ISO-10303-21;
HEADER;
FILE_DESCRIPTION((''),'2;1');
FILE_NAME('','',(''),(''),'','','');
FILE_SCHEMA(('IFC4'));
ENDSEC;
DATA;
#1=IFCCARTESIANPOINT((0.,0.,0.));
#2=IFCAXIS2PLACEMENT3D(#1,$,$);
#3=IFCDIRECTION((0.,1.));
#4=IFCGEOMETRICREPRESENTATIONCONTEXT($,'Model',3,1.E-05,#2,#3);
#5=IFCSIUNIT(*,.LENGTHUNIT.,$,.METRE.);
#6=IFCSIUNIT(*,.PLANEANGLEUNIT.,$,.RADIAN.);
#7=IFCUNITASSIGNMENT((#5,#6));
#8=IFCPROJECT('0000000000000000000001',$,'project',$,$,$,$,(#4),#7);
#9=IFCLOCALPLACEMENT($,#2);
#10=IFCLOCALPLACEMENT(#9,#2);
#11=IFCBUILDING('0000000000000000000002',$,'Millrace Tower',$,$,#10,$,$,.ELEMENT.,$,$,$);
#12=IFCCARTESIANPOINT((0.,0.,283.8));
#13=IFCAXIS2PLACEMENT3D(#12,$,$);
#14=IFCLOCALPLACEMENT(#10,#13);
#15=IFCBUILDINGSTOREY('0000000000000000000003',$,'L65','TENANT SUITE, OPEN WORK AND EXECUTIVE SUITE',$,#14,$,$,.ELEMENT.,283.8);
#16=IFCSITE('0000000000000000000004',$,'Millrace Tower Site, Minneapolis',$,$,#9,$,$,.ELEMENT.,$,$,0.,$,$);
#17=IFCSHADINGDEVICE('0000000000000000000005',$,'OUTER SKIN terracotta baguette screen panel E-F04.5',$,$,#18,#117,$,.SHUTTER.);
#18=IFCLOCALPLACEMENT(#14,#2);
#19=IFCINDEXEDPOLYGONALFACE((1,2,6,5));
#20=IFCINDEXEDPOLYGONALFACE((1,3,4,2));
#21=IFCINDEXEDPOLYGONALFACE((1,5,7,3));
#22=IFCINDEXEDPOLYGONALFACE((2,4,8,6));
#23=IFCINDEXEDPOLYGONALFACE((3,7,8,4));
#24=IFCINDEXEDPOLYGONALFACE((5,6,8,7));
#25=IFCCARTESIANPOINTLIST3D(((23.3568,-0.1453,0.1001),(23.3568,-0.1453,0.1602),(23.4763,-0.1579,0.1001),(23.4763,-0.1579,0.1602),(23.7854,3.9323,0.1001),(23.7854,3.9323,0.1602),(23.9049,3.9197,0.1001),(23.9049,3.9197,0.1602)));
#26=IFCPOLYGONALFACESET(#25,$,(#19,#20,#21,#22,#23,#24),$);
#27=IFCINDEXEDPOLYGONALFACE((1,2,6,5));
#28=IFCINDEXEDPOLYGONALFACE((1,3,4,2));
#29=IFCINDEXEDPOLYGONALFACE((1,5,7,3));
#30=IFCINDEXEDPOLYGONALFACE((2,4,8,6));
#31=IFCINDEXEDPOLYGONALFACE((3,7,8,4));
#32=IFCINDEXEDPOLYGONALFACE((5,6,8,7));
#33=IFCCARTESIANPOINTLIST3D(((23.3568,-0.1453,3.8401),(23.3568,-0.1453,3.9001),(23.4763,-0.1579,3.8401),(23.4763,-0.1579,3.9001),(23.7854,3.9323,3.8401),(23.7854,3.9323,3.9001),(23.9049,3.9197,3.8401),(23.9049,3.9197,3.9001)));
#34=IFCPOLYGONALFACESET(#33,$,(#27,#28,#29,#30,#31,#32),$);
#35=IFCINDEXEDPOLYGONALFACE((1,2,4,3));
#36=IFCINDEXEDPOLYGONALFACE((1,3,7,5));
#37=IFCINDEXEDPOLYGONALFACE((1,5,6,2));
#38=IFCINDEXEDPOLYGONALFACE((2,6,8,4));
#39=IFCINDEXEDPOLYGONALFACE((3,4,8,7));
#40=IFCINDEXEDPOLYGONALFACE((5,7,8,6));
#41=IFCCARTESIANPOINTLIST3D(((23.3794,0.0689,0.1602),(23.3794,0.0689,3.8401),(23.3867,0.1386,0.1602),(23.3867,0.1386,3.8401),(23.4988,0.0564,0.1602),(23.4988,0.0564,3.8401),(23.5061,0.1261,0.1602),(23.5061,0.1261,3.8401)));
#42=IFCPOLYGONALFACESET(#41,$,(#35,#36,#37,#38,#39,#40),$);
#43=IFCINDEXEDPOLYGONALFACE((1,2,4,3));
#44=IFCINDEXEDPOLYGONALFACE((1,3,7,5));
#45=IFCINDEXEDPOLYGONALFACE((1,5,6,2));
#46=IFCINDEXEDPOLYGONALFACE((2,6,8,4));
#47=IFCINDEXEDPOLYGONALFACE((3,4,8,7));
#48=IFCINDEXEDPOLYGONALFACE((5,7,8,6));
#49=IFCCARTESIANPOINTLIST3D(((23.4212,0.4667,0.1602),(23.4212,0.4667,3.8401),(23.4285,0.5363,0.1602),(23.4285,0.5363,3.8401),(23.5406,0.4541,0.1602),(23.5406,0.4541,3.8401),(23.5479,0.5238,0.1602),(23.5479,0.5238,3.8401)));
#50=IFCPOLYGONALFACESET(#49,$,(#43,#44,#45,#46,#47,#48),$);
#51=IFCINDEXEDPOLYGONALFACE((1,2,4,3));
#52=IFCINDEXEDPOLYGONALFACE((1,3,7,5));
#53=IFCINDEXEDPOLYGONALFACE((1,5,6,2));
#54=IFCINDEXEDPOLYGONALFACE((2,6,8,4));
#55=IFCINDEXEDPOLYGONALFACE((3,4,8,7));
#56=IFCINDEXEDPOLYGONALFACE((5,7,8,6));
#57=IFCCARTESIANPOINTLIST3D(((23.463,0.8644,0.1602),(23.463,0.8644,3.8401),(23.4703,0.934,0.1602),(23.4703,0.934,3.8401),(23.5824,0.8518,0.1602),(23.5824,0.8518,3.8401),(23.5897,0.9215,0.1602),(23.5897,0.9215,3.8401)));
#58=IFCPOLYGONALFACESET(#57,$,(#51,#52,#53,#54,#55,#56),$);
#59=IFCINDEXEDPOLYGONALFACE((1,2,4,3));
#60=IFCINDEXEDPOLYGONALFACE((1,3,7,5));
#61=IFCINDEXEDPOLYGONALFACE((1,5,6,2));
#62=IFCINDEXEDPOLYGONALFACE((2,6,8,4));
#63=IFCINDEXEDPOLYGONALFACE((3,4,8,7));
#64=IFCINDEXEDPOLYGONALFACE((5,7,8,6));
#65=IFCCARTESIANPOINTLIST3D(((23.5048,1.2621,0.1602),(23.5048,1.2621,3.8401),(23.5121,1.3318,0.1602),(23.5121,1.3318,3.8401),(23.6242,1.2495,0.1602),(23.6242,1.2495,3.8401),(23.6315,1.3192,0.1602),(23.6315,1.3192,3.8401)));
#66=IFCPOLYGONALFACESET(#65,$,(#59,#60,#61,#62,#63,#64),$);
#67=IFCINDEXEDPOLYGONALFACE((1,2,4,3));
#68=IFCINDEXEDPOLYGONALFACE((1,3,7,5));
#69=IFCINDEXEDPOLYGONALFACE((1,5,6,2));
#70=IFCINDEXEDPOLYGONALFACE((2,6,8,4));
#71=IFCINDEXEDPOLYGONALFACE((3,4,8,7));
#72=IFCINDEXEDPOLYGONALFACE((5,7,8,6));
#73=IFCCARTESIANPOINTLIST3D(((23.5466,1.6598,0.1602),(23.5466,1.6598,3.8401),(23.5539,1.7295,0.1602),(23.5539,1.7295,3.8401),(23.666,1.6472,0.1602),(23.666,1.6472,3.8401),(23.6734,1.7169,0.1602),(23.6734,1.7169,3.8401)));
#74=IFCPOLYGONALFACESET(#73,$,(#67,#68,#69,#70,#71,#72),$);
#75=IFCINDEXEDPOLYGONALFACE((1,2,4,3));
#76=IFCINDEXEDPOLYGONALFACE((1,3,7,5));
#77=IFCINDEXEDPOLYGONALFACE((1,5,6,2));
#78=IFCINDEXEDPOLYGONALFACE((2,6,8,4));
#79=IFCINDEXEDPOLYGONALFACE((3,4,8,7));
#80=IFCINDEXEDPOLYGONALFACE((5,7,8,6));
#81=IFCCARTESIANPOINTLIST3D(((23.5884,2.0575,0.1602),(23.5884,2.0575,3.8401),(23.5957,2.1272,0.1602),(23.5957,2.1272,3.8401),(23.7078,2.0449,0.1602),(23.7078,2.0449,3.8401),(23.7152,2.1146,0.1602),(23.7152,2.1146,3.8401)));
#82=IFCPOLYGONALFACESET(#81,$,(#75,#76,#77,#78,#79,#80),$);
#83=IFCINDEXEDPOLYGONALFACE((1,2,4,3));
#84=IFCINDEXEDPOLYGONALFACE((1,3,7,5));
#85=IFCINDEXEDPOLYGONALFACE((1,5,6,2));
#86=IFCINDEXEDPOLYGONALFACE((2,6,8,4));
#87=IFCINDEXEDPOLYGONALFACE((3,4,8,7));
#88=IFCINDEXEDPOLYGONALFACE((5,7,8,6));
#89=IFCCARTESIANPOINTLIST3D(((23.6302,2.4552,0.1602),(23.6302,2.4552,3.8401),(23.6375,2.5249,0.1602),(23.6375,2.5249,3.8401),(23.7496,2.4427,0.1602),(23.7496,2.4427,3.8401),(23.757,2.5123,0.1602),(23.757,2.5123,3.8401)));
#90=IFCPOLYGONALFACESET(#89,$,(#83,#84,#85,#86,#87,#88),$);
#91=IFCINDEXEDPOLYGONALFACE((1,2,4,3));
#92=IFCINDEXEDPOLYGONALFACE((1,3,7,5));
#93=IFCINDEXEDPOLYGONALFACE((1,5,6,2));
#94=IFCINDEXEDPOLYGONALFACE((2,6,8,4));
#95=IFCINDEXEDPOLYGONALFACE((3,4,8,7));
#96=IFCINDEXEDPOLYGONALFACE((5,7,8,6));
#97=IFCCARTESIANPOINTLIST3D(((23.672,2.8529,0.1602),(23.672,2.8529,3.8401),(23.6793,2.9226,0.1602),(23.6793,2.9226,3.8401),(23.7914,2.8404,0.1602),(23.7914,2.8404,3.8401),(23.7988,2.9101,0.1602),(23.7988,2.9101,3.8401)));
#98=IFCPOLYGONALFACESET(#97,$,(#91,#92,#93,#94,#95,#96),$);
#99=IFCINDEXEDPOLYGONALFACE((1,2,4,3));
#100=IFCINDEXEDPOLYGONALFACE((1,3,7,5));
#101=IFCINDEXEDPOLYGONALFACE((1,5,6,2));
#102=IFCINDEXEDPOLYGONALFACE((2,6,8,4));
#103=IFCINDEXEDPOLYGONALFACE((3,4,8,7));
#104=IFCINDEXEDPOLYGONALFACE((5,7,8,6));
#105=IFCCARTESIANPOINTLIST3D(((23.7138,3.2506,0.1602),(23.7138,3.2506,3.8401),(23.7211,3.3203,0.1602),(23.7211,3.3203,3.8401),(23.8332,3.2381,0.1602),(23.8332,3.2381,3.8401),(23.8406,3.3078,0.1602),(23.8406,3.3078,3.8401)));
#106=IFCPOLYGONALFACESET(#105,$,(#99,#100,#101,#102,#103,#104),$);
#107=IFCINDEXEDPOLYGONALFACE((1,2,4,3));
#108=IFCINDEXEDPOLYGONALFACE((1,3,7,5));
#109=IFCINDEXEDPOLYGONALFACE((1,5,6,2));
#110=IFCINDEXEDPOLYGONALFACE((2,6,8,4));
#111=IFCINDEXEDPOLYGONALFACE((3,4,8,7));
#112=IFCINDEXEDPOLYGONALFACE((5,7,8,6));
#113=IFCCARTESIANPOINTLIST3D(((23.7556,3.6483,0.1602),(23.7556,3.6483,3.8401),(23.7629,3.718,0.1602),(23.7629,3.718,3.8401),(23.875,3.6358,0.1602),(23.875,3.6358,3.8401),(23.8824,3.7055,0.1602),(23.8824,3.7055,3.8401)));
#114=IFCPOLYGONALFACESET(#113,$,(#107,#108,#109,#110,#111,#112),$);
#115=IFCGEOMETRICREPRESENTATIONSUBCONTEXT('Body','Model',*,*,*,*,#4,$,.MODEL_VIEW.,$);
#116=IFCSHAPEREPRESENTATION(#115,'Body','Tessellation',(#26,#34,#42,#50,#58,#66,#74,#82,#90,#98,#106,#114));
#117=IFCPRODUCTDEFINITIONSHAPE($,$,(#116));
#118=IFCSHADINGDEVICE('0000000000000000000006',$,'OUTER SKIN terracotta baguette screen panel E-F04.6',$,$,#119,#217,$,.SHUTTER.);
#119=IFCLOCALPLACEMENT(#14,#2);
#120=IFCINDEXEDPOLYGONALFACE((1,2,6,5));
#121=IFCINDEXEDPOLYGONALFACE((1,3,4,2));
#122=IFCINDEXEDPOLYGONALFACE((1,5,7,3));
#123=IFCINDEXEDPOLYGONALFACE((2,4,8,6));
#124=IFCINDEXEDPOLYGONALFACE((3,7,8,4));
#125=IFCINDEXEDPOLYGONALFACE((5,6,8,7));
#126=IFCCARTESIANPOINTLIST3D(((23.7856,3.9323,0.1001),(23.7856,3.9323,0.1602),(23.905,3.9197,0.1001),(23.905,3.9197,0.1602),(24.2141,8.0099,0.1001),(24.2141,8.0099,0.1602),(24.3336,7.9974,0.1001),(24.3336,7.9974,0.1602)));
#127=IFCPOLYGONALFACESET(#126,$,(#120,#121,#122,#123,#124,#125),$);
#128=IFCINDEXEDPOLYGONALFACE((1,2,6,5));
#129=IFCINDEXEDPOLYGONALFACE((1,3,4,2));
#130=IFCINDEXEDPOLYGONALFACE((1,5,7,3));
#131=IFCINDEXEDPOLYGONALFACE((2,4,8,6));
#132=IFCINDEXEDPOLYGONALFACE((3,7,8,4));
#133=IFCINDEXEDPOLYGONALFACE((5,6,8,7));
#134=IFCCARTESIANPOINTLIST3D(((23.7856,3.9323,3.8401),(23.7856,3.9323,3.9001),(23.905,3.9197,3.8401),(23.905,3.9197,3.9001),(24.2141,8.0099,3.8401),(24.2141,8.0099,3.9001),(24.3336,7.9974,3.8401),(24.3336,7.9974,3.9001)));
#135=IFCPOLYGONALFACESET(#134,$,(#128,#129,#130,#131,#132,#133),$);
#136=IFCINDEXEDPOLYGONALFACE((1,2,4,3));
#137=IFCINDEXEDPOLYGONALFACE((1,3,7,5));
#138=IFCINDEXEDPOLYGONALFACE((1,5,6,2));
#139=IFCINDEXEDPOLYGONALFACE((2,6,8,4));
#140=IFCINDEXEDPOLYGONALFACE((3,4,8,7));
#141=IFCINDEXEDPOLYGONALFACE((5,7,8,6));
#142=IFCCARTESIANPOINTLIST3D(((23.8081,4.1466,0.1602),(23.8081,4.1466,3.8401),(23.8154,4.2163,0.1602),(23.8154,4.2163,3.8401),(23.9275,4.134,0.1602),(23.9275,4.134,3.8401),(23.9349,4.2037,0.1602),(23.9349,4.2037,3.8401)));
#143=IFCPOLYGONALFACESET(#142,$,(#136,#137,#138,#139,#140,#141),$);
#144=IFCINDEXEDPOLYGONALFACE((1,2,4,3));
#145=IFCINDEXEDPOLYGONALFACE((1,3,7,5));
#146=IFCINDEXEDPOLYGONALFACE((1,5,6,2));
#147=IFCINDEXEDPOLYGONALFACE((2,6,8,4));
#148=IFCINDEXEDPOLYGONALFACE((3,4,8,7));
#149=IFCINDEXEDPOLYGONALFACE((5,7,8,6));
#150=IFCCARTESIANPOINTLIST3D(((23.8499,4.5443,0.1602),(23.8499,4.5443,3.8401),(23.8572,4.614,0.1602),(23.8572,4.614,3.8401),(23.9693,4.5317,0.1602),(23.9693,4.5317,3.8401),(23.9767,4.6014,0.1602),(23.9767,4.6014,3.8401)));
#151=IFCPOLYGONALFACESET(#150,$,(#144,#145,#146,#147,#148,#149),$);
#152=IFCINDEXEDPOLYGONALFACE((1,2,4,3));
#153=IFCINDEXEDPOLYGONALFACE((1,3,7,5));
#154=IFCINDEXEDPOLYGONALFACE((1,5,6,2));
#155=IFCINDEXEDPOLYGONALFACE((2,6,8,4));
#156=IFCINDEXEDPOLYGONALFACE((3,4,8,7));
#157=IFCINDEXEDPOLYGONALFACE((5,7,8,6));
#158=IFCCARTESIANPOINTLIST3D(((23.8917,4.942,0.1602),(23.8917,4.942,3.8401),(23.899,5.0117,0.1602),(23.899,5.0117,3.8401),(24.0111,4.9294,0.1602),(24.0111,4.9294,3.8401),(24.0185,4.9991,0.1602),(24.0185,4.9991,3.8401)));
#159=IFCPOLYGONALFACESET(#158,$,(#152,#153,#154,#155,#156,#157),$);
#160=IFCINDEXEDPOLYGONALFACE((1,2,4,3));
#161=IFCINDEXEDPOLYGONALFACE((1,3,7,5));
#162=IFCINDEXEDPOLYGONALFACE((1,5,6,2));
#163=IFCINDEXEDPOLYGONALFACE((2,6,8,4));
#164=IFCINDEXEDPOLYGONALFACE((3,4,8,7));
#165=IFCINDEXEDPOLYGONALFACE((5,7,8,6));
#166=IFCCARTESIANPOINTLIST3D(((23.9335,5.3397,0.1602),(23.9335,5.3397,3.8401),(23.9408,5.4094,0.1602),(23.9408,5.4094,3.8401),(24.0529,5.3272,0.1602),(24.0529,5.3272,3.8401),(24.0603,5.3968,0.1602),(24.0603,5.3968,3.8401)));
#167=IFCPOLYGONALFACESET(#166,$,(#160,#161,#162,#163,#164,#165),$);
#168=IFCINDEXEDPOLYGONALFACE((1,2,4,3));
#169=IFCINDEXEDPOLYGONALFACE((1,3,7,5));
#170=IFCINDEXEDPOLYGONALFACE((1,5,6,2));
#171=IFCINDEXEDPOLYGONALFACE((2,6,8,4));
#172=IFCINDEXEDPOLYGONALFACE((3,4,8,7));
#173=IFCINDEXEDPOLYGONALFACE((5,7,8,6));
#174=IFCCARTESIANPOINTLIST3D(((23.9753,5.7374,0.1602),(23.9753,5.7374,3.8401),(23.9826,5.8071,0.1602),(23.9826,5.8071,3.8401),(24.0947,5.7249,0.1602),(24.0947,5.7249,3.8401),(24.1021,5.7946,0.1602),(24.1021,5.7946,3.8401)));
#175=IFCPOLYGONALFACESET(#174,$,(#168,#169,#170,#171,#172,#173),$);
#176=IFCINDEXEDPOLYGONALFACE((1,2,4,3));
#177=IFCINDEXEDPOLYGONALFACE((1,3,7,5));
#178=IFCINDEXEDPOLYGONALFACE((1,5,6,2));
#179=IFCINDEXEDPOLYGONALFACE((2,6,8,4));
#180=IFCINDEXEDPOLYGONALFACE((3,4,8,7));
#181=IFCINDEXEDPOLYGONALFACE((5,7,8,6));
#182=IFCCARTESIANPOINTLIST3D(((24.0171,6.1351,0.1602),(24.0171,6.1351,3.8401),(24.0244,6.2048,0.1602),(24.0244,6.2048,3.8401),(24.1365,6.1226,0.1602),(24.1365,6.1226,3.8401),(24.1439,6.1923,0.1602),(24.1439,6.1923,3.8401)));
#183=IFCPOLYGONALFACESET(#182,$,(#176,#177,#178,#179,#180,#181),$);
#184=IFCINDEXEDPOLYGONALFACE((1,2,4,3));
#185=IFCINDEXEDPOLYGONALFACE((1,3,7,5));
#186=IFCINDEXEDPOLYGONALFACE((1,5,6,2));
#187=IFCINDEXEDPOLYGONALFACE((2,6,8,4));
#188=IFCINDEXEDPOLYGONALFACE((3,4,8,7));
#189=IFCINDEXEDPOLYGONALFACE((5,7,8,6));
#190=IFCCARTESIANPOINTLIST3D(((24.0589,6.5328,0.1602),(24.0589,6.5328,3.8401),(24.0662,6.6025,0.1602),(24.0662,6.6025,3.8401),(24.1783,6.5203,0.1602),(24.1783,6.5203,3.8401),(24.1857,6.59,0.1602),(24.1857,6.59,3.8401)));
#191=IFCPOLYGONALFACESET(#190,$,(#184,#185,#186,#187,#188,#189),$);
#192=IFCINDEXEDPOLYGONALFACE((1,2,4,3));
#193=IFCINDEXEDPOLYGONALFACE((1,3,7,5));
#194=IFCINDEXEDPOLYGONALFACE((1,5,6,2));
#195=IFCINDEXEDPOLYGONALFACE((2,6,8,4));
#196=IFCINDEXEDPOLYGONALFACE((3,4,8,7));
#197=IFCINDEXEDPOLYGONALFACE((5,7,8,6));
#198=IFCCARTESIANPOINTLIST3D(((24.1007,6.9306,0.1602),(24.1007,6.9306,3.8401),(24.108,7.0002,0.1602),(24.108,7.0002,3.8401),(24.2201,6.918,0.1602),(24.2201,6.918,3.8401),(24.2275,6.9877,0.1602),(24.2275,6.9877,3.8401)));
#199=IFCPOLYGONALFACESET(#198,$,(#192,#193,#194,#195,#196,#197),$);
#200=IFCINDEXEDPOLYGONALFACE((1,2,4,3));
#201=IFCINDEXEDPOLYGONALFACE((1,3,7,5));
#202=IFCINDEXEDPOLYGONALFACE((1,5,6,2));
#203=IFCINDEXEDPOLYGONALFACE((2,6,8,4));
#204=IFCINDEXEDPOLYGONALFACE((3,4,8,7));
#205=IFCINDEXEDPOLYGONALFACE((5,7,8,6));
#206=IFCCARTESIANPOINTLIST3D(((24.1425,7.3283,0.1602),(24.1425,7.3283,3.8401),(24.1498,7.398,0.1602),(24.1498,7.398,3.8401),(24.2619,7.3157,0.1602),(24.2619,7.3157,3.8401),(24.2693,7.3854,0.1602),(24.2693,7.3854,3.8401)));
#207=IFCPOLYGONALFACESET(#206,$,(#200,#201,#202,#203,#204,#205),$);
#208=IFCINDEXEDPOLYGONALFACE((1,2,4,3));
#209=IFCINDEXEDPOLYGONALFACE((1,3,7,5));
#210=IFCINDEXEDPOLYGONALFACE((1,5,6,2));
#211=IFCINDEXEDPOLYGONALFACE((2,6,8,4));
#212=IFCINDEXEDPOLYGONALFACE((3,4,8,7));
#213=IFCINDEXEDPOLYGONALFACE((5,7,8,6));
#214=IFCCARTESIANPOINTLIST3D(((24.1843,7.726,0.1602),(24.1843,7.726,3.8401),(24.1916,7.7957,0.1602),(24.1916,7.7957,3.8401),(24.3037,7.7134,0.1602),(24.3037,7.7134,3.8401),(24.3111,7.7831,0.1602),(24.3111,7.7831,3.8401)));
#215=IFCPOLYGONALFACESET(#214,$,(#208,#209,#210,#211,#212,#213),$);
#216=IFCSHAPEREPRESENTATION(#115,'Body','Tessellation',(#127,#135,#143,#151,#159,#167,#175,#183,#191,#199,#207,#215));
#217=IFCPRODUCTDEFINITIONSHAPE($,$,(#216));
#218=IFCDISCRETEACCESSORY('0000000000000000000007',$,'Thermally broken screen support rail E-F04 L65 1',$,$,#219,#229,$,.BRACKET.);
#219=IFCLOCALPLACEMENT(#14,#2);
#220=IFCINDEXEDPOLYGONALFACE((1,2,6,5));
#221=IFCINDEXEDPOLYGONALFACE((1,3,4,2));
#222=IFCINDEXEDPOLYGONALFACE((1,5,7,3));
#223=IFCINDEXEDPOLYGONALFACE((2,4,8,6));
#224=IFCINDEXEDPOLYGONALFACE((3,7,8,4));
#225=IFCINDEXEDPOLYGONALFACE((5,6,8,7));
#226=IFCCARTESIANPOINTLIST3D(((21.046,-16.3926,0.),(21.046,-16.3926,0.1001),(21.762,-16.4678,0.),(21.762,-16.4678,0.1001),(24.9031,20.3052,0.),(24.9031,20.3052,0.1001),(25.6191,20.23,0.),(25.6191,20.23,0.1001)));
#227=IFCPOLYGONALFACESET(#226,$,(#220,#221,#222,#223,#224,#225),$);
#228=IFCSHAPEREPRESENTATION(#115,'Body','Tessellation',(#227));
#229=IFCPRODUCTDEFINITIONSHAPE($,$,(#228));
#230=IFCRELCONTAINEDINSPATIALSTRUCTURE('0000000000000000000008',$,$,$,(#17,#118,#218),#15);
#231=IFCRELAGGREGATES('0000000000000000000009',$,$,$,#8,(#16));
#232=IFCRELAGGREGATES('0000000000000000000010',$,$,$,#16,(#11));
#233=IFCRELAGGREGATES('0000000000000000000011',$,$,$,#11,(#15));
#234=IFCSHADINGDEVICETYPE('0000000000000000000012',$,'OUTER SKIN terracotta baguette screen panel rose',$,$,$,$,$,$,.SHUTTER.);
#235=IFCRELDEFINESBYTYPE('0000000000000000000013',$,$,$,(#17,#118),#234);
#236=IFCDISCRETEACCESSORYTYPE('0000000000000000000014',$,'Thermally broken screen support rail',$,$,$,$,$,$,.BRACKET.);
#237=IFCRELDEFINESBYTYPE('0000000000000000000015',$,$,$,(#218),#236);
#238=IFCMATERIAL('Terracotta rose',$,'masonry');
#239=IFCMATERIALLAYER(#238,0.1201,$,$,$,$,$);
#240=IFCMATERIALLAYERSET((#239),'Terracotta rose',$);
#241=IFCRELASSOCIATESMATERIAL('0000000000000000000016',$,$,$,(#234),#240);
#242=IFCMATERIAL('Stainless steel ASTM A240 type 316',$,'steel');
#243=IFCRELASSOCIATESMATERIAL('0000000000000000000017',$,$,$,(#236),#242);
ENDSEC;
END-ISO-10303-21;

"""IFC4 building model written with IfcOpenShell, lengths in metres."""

from ifc_helpers import new_model, entity, si_unit, direction, frame, frame_2d, origin, origin_2d, place, context, subcontext, project, spatial, rectangle, extrude, source, transform, mapped, material, layer, layer_set, type_object, element, save


model = new_model("IFC4")

# Units and contexts
model_context = context("Model", 3, precision=1e-05, world=origin(), true_north=direction((0.0, 1.0)))
body_context = subcontext(model_context, "Body", "Model", "MODEL_VIEW")
ifc_project = project(units=[si_unit("LENGTHUNIT", "METRE"), si_unit("PLANEANGLEUNIT", "RADIAN")], contexts=[model_context])

# Site, building, storey
site_placement = place(None, origin())
site = spatial("IfcSite", under=ifc_project, at=site_placement, Name="Millrace Tower Site, Minneapolis", CompositionType="ELEMENT", RefElevation=0.0)
building_placement = place(site_placement, origin())
building = spatial("IfcBuilding", under=site, at=building_placement, Name="Millrace Tower", CompositionType="ELEMENT")
storey_placement = place(building_placement, frame((0.0, 0.0, 283.8)))
storey = spatial("IfcBuildingStorey", under=building, at=storey_placement, Name="L65", Description="TENANT SUITE, OPEN WORK AND EXECUTIVE SUITE", CompositionType="ELEMENT", Elevation=283.8)

# Shading devices
ifc_material_1 = material(Name="Terracotta rose", Category="masonry")
ifc_layer_1 = layer(ifc_material_1, 0.1201)
ifc_layer_set_1 = layer_set([ifc_layer_1], Name="Terracotta rose")
shading_device_type = type_object("IfcShadingDeviceType", Name="OUTER SKIN terracotta baguette screen panel rose", PredefinedType="SHUTTER", material=ifc_layer_set_1)
cartesian_point = entity("IfcCartesianPoint", [-2.05, 0.0601])
shared_polyline = entity("IfcPolyline", [cartesian_point, entity("IfcCartesianPoint", [2.05, 0.0601]), entity("IfcCartesianPoint", [2.05, -0.0601]), entity("IfcCartesianPoint", [-2.05, -0.0601]), cartesian_point])
shared_shape = source(origin(), body_context, "Body", "SweptSolid", [
    entity("IfcExtrudedAreaSolid", entity("IfcArbitraryClosedProfileDef", "AREA", None, shared_polyline), entity("IfcAxis2Placement3D", entity("IfcCartesianPoint", [0.0, 0.0, 0.0])), entity("IfcDirection", [0.0, 0.0, 1.0]), 0.0601),
    entity("IfcExtrudedAreaSolid", entity("IfcArbitraryClosedProfileDef", "AREA", None, shared_polyline), entity("IfcAxis2Placement3D", entity("IfcCartesianPoint", [0.0, 0.0, 3.74])), entity("IfcDirection", [0.0, 0.0, 1.0]), 0.0601),
    extrude(rectangle(XDim=0.0701, YDim=0.1201, at=frame_2d((-1.7996, 0.0))), frame((0.0, 0.0, 0.0601)), (0.0, 0.0, 1.0), 3.6799),
    extrude(rectangle(XDim=0.0701, YDim=0.1201, at=frame_2d((-1.3997, 0.0))), frame((0.0, 0.0, 0.0601)), (0.0, 0.0, 1.0), 3.6799),
    extrude(rectangle(XDim=0.0701, YDim=0.1201, at=frame_2d((-0.9998, 0.0))), frame((0.0, 0.0, 0.0601)), (0.0, 0.0, 1.0), 3.6799),
    extrude(rectangle(XDim=0.0701, YDim=0.1201, at=frame_2d((-0.5999, 0.0))), frame((0.0, 0.0, 0.0601)), (0.0, 0.0, 1.0), 3.6799),
    extrude(rectangle(XDim=0.0701, YDim=0.1201, at=frame_2d((-0.2, 0.0))), frame((0.0, 0.0, 0.0601)), (0.0, 0.0, 1.0), 3.6799),
    extrude(rectangle(XDim=0.0701, YDim=0.1201, at=frame_2d((0.2, 0.0))), frame((0.0, 0.0, 0.0601)), (0.0, 0.0, 1.0), 3.6799),
    extrude(rectangle(XDim=0.0701, YDim=0.1201, at=frame_2d((0.5999, 0.0))), frame((0.0, 0.0, 0.0601)), (0.0, 0.0, 1.0), 3.6799),
    extrude(rectangle(XDim=0.0701, YDim=0.1201, at=frame_2d((0.9998, 0.0))), frame((0.0, 0.0, 0.0601)), (0.0, 0.0, 1.0), 3.6799),
    extrude(rectangle(XDim=0.0701, YDim=0.1201, at=frame_2d((1.3997, 0.0))), frame((0.0, 0.0, 0.0601)), (0.0, 0.0, 1.0), 3.6799),
    extrude(rectangle(XDim=0.0701, YDim=0.1201, at=frame_2d((1.7996, 0.0))), frame((0.0, 0.0, 0.0601)), (0.0, 0.0, 1.0), 3.6799),
])
for number, where, z_axis, x_axis, name in (
    (1, (23.6309, 1.8872, 0.1001), (0.0, 0.0, 1.0), (0.104528, 0.994522, 0.0), "OUTER SKIN terracotta baguette screen panel E-F04.5"),
    (2, (24.0596, 5.9648, 0.1001), (0.0, 0.0, 1.0), (0.104528, 0.994522, 0.0), "OUTER SKIN terracotta baguette screen panel E-F04.6"),
):
    element("IfcShadingDevice", number, at=place(storey_placement, frame(where, z_axis=z_axis, x_axis=x_axis)), inside=storey, type_object=shading_device_type, Name=name, PredefinedType="SHUTTER", context=body_context, shape_type="MappedRepresentation", body=[
        mapped(shared_shape, transform((0.0, 0.0, 0.0), scale=1.0)),
    ])

# Discrete accessory
ifc_material_2 = material(Name="Stainless steel ASTM A240 type 316", Category="steel")
discrete_accessory_type = type_object("IfcDiscreteAccessoryType", Name="Thermally broken screen support rail", PredefinedType="BRACKET", material=ifc_material_2)
discrete_accessory_placement = place(storey_placement, frame((23.3325, 1.9187, 0.0), z_axis=(0.0, 0.0, 1.0), x_axis=(0.104528, 0.994522, 0.0)))
element("IfcDiscreteAccessory", 3, at=discrete_accessory_placement, inside=storey, type_object=discrete_accessory_type, Name="Thermally broken screen support rail E-F04 L65 1", PredefinedType="BRACKET", context=body_context, shape_type="SweptSolid", body=[
    extrude(rectangle(XDim=36.8999, YDim=0.72, at=origin_2d()), origin(), (0.0, 0.0, 1.0), 0.1001),
])

save(model, "model.ifc")
